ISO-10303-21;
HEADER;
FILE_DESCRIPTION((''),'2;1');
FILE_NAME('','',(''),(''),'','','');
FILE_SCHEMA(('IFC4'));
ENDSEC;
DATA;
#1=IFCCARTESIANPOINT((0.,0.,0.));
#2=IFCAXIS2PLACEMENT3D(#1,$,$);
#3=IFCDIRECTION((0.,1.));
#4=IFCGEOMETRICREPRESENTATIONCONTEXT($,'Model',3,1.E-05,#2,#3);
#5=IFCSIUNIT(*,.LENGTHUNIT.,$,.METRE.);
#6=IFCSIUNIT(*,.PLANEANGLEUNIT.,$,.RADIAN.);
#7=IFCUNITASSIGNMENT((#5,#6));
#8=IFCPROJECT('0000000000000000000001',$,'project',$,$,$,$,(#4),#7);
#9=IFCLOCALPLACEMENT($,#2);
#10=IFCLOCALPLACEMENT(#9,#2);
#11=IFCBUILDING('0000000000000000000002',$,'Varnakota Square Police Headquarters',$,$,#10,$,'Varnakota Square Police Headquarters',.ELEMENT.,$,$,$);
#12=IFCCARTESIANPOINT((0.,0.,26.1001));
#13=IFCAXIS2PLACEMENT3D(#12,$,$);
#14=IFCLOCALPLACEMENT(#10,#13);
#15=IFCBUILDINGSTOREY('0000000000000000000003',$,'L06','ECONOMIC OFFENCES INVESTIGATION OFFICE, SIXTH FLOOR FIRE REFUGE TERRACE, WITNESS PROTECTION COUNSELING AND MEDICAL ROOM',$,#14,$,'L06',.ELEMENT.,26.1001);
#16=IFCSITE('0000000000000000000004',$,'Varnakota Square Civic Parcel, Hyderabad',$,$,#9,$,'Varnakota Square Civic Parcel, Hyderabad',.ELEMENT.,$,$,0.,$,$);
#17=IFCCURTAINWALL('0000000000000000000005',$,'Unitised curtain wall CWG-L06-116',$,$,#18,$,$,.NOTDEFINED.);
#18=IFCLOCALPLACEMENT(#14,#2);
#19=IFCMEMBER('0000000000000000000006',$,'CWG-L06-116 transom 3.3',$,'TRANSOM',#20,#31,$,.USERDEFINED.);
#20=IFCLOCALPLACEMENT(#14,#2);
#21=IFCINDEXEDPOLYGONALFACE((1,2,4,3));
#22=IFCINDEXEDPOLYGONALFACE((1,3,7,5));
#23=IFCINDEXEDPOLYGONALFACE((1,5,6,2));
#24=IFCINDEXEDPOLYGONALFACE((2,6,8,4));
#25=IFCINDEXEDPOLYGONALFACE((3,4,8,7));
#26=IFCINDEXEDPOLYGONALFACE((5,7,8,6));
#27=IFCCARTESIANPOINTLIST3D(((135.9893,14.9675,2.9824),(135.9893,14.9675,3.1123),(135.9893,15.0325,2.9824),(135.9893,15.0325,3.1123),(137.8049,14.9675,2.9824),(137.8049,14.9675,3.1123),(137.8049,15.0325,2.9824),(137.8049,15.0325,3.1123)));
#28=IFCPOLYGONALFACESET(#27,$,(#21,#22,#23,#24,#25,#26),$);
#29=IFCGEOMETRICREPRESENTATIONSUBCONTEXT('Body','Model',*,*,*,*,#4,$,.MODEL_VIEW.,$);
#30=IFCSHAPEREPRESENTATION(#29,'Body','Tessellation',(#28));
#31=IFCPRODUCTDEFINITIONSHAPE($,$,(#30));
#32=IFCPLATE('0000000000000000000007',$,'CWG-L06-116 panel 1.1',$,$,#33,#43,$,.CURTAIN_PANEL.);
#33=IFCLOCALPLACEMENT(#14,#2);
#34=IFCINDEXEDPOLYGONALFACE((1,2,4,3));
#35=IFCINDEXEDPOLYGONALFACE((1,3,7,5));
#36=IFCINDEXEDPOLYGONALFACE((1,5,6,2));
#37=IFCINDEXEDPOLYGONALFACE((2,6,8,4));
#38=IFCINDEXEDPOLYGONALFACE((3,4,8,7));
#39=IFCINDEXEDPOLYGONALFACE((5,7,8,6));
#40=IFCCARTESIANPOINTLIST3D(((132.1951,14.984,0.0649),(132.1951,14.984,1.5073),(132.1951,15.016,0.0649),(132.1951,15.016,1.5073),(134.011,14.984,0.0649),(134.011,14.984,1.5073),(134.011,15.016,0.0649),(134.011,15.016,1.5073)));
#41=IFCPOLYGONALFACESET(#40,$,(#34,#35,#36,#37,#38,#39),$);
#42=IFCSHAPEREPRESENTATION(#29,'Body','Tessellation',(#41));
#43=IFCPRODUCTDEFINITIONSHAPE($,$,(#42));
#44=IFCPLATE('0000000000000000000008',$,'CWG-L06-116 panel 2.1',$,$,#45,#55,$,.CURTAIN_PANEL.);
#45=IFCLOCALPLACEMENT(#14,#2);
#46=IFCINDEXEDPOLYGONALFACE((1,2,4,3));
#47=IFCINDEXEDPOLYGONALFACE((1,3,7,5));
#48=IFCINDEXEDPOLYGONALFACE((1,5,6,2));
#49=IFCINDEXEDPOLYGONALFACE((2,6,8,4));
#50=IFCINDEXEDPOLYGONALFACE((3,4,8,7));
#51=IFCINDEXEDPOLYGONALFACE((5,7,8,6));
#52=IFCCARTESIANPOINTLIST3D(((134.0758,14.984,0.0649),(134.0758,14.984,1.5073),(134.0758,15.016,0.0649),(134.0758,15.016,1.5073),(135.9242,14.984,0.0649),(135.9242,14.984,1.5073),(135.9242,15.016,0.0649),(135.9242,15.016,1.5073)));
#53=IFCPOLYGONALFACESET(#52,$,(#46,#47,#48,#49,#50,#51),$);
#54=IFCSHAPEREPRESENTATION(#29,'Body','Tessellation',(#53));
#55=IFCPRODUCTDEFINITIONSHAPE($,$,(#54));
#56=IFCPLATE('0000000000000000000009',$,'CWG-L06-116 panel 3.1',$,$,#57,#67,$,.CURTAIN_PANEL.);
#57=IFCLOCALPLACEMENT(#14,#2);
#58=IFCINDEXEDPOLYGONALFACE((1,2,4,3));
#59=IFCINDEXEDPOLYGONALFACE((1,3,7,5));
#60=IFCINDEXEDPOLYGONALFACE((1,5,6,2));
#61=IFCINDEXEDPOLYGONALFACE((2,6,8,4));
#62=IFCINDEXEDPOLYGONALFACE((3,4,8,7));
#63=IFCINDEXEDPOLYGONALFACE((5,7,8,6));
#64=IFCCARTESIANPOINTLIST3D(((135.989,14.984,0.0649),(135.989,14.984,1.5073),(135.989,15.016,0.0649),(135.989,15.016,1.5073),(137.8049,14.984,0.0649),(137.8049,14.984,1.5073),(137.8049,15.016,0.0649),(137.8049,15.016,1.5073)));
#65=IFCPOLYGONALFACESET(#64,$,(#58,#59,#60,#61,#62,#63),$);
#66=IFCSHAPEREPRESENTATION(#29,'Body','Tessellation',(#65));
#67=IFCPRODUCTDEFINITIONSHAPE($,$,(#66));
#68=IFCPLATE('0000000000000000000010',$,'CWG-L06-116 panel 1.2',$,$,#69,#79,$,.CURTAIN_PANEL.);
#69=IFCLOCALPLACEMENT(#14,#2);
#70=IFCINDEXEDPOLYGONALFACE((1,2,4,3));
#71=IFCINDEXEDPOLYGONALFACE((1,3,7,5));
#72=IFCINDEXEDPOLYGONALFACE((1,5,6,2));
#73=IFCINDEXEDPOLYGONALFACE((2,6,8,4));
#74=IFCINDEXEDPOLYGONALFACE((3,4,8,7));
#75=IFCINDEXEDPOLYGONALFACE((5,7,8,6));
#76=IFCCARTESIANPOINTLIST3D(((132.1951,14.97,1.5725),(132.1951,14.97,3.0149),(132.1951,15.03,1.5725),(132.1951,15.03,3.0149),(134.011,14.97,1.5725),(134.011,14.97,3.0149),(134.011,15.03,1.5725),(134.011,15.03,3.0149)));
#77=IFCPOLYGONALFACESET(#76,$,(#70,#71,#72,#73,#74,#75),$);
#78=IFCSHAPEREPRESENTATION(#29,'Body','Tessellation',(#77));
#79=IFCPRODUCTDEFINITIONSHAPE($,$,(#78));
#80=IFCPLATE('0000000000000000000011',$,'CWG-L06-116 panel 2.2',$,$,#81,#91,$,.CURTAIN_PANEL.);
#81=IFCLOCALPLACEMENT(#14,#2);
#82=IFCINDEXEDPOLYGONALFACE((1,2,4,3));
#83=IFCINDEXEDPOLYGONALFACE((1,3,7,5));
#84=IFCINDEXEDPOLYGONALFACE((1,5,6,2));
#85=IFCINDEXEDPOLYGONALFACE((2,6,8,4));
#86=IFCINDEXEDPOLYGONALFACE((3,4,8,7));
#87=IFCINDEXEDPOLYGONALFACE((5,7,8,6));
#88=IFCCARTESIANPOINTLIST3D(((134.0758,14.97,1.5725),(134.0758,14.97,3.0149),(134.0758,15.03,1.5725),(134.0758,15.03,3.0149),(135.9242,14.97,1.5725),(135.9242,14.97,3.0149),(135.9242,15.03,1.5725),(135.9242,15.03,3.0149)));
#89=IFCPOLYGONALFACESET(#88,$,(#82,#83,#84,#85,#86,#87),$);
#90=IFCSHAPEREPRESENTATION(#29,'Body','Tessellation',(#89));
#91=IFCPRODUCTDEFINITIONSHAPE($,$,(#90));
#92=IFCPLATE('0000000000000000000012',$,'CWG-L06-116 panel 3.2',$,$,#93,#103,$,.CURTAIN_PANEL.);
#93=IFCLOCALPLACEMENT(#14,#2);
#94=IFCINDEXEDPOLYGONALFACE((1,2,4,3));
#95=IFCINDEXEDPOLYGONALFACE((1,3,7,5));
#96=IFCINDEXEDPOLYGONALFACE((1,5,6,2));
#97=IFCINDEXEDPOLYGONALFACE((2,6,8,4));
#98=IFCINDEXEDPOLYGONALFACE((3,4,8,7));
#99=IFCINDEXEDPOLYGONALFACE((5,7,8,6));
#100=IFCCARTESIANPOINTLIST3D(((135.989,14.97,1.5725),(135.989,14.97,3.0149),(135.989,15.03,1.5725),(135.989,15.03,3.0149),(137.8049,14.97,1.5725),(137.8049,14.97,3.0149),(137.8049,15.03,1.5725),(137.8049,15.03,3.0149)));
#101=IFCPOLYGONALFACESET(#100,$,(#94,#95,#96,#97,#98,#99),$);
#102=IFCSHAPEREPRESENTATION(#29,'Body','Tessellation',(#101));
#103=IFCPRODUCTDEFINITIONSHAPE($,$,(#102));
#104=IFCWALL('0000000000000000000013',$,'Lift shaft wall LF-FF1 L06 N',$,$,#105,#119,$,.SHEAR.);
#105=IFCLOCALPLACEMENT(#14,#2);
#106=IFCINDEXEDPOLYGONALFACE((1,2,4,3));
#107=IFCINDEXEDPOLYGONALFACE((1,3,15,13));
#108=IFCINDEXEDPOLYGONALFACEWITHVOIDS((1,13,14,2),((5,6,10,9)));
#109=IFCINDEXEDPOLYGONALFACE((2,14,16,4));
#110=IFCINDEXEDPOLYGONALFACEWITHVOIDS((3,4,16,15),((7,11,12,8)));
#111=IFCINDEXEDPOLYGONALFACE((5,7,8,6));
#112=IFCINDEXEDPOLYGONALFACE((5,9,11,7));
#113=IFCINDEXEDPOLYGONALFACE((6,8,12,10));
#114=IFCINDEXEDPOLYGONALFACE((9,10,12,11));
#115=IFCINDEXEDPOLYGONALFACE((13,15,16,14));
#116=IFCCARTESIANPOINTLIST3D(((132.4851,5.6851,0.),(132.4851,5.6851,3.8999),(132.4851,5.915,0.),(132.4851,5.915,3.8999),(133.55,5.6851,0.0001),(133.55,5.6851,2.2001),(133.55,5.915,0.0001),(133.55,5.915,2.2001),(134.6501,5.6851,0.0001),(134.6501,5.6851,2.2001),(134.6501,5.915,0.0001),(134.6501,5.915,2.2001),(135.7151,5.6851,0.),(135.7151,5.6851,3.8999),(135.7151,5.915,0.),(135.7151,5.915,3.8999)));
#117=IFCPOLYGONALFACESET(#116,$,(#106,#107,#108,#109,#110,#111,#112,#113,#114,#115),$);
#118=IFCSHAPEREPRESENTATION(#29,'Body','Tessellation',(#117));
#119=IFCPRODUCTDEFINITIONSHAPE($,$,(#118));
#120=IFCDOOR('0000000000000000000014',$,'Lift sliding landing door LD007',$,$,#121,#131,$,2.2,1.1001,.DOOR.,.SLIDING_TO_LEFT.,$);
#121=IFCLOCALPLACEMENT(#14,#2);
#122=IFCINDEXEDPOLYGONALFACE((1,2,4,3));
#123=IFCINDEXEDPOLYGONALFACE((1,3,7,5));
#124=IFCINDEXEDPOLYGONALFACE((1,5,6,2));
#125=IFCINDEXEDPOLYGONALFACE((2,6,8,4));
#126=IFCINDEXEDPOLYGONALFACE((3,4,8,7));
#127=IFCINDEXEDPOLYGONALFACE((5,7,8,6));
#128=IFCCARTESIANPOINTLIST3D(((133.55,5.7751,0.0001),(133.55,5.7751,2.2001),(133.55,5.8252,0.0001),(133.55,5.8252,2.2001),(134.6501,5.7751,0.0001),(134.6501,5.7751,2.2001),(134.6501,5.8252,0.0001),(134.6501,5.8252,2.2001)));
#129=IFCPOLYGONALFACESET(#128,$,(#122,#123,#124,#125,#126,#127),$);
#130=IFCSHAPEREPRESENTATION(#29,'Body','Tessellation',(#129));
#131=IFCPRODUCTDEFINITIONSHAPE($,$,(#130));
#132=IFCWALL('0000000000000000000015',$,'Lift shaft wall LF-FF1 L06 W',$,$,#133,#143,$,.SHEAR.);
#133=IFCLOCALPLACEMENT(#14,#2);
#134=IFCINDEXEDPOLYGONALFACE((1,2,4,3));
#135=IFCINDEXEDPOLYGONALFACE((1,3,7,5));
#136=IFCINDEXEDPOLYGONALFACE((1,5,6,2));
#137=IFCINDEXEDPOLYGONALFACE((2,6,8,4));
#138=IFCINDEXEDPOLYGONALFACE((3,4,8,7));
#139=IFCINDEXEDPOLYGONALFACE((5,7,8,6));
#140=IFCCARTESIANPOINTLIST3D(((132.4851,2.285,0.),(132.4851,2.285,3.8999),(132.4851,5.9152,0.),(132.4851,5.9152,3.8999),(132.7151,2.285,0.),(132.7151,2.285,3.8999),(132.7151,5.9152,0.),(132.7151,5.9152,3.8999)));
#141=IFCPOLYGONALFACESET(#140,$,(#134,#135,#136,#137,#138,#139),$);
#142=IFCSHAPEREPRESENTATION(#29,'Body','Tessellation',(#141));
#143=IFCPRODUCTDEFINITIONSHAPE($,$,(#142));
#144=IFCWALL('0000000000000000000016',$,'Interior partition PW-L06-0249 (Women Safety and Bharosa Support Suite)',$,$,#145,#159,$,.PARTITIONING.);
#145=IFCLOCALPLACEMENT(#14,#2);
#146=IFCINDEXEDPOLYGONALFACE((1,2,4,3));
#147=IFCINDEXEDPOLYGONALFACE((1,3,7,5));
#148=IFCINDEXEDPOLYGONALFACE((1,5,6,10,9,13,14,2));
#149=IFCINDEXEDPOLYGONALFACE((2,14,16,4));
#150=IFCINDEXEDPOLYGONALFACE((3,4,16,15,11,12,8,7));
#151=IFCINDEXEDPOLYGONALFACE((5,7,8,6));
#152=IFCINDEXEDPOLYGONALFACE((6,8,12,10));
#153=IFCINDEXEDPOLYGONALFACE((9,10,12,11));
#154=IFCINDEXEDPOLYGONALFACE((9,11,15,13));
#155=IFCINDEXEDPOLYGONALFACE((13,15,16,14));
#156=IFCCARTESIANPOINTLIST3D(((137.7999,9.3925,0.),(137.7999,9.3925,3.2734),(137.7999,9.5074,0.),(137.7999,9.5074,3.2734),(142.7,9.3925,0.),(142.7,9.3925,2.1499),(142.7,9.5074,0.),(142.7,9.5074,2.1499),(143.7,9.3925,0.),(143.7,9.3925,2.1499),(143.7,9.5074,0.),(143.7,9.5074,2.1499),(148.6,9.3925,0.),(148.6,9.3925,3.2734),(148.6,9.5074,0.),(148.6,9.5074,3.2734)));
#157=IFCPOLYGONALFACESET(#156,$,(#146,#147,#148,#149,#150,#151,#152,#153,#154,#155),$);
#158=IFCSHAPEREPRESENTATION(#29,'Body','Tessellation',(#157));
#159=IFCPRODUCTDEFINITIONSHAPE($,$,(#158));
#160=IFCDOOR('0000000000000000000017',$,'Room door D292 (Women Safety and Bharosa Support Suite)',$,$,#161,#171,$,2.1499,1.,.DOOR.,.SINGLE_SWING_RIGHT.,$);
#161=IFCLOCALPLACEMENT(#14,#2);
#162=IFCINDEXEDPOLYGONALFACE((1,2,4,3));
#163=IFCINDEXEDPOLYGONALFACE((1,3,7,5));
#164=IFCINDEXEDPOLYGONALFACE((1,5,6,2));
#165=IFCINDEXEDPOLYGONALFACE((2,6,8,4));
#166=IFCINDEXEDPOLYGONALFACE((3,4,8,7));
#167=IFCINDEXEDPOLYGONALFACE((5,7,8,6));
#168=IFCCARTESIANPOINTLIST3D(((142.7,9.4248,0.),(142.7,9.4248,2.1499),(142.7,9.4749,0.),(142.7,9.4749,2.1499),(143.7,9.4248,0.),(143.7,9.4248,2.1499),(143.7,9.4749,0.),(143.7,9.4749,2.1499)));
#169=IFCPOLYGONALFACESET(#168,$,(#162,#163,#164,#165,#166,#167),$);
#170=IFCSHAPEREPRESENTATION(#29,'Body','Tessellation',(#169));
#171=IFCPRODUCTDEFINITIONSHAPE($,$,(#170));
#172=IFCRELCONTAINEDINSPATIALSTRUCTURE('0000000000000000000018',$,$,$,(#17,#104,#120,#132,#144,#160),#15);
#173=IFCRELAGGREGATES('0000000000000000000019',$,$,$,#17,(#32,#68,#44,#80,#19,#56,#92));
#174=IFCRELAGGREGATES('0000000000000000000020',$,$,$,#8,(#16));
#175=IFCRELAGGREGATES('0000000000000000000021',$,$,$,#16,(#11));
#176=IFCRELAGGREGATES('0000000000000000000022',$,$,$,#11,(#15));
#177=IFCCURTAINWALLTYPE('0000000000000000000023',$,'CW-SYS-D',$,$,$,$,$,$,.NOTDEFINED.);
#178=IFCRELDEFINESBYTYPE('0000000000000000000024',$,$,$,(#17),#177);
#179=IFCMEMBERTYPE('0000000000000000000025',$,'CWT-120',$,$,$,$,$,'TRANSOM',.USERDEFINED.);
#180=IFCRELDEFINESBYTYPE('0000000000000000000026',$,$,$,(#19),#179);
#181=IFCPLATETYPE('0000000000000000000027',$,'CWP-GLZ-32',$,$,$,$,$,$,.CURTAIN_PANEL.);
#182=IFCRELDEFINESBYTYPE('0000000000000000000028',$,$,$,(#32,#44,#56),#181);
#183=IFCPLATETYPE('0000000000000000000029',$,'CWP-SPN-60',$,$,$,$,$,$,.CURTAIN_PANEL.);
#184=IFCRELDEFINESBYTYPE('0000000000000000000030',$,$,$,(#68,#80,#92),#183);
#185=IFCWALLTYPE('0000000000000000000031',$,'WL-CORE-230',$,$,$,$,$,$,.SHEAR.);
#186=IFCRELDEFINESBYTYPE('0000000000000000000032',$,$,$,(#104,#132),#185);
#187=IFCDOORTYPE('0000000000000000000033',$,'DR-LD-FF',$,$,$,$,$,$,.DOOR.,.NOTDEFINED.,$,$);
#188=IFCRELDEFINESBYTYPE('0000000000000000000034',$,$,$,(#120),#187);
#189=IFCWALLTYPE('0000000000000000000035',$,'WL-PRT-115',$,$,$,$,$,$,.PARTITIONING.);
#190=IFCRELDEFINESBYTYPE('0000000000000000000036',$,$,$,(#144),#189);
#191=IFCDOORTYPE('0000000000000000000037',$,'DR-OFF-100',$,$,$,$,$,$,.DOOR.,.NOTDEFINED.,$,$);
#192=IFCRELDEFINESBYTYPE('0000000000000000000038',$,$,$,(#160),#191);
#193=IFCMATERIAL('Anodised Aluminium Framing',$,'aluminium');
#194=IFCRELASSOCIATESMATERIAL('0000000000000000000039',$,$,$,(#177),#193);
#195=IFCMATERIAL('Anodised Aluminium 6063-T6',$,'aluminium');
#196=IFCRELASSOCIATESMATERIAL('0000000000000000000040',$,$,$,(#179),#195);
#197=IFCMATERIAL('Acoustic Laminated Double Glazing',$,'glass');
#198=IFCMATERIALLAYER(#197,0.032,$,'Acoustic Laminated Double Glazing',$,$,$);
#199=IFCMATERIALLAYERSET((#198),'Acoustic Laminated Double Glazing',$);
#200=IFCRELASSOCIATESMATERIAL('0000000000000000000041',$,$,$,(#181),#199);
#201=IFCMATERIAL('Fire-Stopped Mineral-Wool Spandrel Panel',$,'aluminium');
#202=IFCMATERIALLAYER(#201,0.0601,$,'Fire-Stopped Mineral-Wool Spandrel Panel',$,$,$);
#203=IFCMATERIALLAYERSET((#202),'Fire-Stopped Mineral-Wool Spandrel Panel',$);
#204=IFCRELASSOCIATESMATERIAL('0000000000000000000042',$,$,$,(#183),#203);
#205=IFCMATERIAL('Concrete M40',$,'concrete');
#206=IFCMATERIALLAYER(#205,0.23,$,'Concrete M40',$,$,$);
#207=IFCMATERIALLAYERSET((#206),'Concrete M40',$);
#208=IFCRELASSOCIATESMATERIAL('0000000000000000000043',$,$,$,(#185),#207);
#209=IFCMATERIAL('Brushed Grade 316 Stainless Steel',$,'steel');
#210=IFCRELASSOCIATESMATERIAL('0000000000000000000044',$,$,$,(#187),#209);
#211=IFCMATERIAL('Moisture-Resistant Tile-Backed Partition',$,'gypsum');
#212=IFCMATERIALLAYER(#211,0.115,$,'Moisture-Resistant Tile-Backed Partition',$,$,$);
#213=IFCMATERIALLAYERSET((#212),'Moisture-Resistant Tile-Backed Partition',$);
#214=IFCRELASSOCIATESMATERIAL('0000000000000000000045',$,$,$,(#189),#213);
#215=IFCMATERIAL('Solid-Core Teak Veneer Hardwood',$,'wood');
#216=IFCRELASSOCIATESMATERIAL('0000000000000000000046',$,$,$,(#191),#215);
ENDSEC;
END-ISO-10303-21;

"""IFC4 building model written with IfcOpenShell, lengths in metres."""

from ifc_helpers import new_model, si_unit, direction, frame, frame_2d, origin, origin_2d, place, context, subcontext, project, spatial, rectangle, extrude, material, layer, layer_set, material_profile, profile_set, type_object, element, fill, aggregate, save


model = new_model("IFC4")

# Units and contexts
model_context = context("Model", 3, precision=1e-05, world=origin(), true_north=direction((0.0, 1.0)))
body_context = subcontext(model_context, "Body", "Model", "MODEL_VIEW")
ifc_project = project(units=[si_unit("LENGTHUNIT", "METRE"), si_unit("PLANEANGLEUNIT", "RADIAN")], contexts=[model_context])

# Site, building, storey
site_placement = place(None, origin())
site = spatial("IfcSite", under=ifc_project, at=site_placement, Name="Varnakota Square Civic Parcel, Hyderabad", LongName="Varnakota Square Civic Parcel, Hyderabad", CompositionType="ELEMENT", RefElevation=0.0)
building_placement = place(site_placement, origin())
building = spatial("IfcBuilding", under=site, at=building_placement, Name="Varnakota Square Police Headquarters", LongName="Varnakota Square Police Headquarters", CompositionType="ELEMENT")
storey_placement = place(building_placement, frame((0.0, 0.0, 26.1001)))
storey = spatial("IfcBuildingStorey", under=building, at=storey_placement, Name="L06", Description="ECONOMIC OFFENCES INVESTIGATION OFFICE, SIXTH FLOOR FIRE REFUGE TERRACE, WITNESS PROTECTION COUNSELING AND MEDICAL ROOM", LongName="L06", CompositionType="ELEMENT", Elevation=26.1001)

# Curtain wall, member, plates
ifc_material_1 = material(Name="Anodised Aluminium Framing", Category="aluminium")
curtain_wall_type = type_object("IfcCurtainWallType", Name="CW-SYS-D", PredefinedType="NOTDEFINED", material=ifc_material_1)
curtain_wall_placement = place(storey_placement, origin())
curtain_wall = element("IfcCurtainWall", 1, at=curtain_wall_placement, inside=storey, type_object=curtain_wall_type, Name="Unitised curtain wall CWG-L06-116", PredefinedType="NOTDEFINED")
ifc_material_2 = material(Name="Anodised Aluminium 6063-T6", Category="aluminium")
ifc_material_profile_1 = material_profile(ifc_material_2, rectangle(XDim=0.0649, YDim=0.1299, at=origin_2d()), Name="ALU TRANSOM 65x130")
ifc_profile_set_1 = profile_set([ifc_material_profile_1], Name="Anodised Aluminium 6063-T6")
member_type_1 = type_object("IfcMemberType", Name="CWT-120", ElementType="TRANSOM", PredefinedType="USERDEFINED", material=ifc_profile_set_1)
member_1_placement = place(storey_placement, frame((135.9893, 15.0, 3.0474), z_axis=(1.0, 0.0, 0.0), x_axis=(0.0, 1.0, 0.0)))
member_1 = element("IfcMember", 2, at=member_1_placement, type_object=member_type_1, Name="CWG-L06-116 transom 3.3", ObjectType="TRANSOM", PredefinedType="USERDEFINED", context=body_context, shape_type="SweptSolid", body=[
    extrude(rectangle(XDim=0.0649, YDim=0.1299, at=origin_2d()), origin(), (0.0, 0.0, 1.0), 1.8157),
])
ifc_material_3 = material(Name="Acoustic Laminated Double Glazing", Category="glass")
ifc_layer_1 = layer(ifc_material_3, 0.032, Name="Acoustic Laminated Double Glazing")
ifc_layer_set_1 = layer_set([ifc_layer_1], Name="Acoustic Laminated Double Glazing")
plate_type_1 = type_object("IfcPlateType", Name="CWP-GLZ-32", PredefinedType="CURTAIN_PANEL", material=ifc_layer_set_1)
plate_1_placement = place(storey_placement, frame((133.103, 15.0, 0.0649), z_axis=(0.0, 0.0, 1.0), x_axis=(1.0, 0.0, 0.0)))
plate_1 = element("IfcPlate", 3, at=plate_1_placement, type_object=plate_type_1, Name="CWG-L06-116 panel 1.1", PredefinedType="CURTAIN_PANEL", context=body_context, shape_type="SweptSolid", body=[
    extrude(rectangle(XDim=1.8159, YDim=0.032, at=origin_2d()), origin(), (0.0, 0.0, 1.0), 1.4424),
])
plate_2_placement = place(storey_placement, frame((135.0, 15.0, 0.0649), z_axis=(0.0, 0.0, 1.0), x_axis=(1.0, 0.0, 0.0)))
plate_2 = element("IfcPlate", 4, at=plate_2_placement, type_object=plate_type_1, Name="CWG-L06-116 panel 2.1", PredefinedType="CURTAIN_PANEL", context=body_context, shape_type="SweptSolid", body=[
    extrude(rectangle(XDim=1.8484, YDim=0.032, at=origin_2d()), origin(), (0.0, 0.0, 1.0), 1.4424),
])
plate_3_placement = place(storey_placement, frame((136.897, 15.0, 0.0649), z_axis=(0.0, 0.0, 1.0), x_axis=(1.0, 0.0, 0.0)))
plate_3 = element("IfcPlate", 5, at=plate_3_placement, type_object=plate_type_1, Name="CWG-L06-116 panel 3.1", PredefinedType="CURTAIN_PANEL", context=body_context, shape_type="SweptSolid", body=[
    extrude(rectangle(XDim=1.8159, YDim=0.032, at=origin_2d()), origin(), (0.0, 0.0, 1.0), 1.4424),
])
ifc_material_4 = material(Name="Fire-Stopped Mineral-Wool Spandrel Panel", Category="aluminium")
ifc_layer_2 = layer(ifc_material_4, 0.0601, Name="Fire-Stopped Mineral-Wool Spandrel Panel")
ifc_layer_set_2 = layer_set([ifc_layer_2], Name="Fire-Stopped Mineral-Wool Spandrel Panel")
plate_type_2 = type_object("IfcPlateType", Name="CWP-SPN-60", PredefinedType="CURTAIN_PANEL", material=ifc_layer_set_2)
plate_4_placement = place(storey_placement, frame((133.103, 15.0, 1.5725), z_axis=(0.0, 0.0, 1.0), x_axis=(1.0, 0.0, 0.0)))
plate_4 = element("IfcPlate", 6, at=plate_4_placement, type_object=plate_type_2, Name="CWG-L06-116 panel 1.2", PredefinedType="CURTAIN_PANEL", context=body_context, shape_type="SweptSolid", body=[
    extrude(rectangle(XDim=1.8159, YDim=0.0601, at=origin_2d()), origin(), (0.0, 0.0, 1.0), 1.4424),
])
plate_5_placement = place(storey_placement, frame((135.0, 15.0, 1.5725), z_axis=(0.0, 0.0, 1.0), x_axis=(1.0, 0.0, 0.0)))
plate_5 = element("IfcPlate", 7, at=plate_5_placement, type_object=plate_type_2, Name="CWG-L06-116 panel 2.2", PredefinedType="CURTAIN_PANEL", context=body_context, shape_type="SweptSolid", body=[
    extrude(rectangle(XDim=1.8484, YDim=0.0601, at=origin_2d()), origin(), (0.0, 0.0, 1.0), 1.4424),
])
plate_6_placement = place(storey_placement, frame((136.897, 15.0, 1.5725), z_axis=(0.0, 0.0, 1.0), x_axis=(1.0, 0.0, 0.0)))
plate_6 = element("IfcPlate", 8, at=plate_6_placement, type_object=plate_type_2, Name="CWG-L06-116 panel 3.2", PredefinedType="CURTAIN_PANEL", context=body_context, shape_type="SweptSolid", body=[
    extrude(rectangle(XDim=1.8159, YDim=0.0601, at=origin_2d()), origin(), (0.0, 0.0, 1.0), 1.4424),
])
aggregate(curtain_wall, [plate_1, plate_4, plate_2, plate_5, member_1, plate_3, plate_6])

# Wall, opening, door
ifc_material_5 = material(Name="Concrete M40", Category="concrete")
ifc_layer_3 = layer(ifc_material_5, 0.23, Name="Concrete M40")
ifc_layer_set_3 = layer_set([ifc_layer_3], Name="Concrete M40")
wall_type_1 = type_object("IfcWallType", Name="WL-CORE-230", PredefinedType="SHEAR", material=ifc_layer_set_3)
wall_1_placement = place(storey_placement, frame((135.7151, 5.8, 0.0), z_axis=(0.0, 0.0, 1.0), x_axis=(-1.0, 0.0, 0.0)))
wall_1 = element("IfcWall", 9, at=wall_1_placement, inside=storey, type_object=wall_type_1, Name="Lift shaft wall LF-FF1 L06 N", PredefinedType="SHEAR", context=body_context, shape_type="SweptSolid", body=[
    extrude(rectangle(XDim=3.23, YDim=0.23, at=frame_2d((1.615, 0.0))), origin(), (0.0, 0.0, 1.0), 3.8999),
])
opening_1_placement = place(wall_1_placement, frame((1.0649, 0.0, 0.0)))
opening_1 = element("IfcOpeningElement", 10, at=opening_1_placement, cuts=wall_1, PredefinedType="OPENING", context=body_context, shape_type="SweptSolid", body=[
    extrude(rectangle(XDim=1.1001, YDim=2.2, at=frame_2d((0.55, 1.1001))), frame((0.0, 0.125, 0.0), z_axis=(0.0, -1.0, 0.0), x_axis=(1.0, 0.0, 0.0)), (0.0, 0.0, 1.0), 0.25),
])
ifc_material_6 = material(Name="Brushed Grade 316 Stainless Steel", Category="steel")
door_type_1 = type_object("IfcDoorType", Name="DR-LD-FF", OperationType="NOTDEFINED", PredefinedType="DOOR", material=ifc_material_6)
door_1_placement = place(opening_1_placement, origin())
door_1 = element("IfcDoor", 11, at=door_1_placement, inside=storey, type_object=door_type_1, Name="Lift sliding landing door LD007", OperationType="SLIDING_TO_LEFT", OverallHeight=2.2, OverallWidth=1.1001, PredefinedType="DOOR", context=body_context, shape_type="SweptSolid", body=[
    extrude(rectangle(XDim=1.1001, YDim=2.2, at=frame_2d((0.55, 1.1001))), frame((0.0, 0.0249, 0.0), z_axis=(0.0, -1.0, 0.0), x_axis=(1.0, 0.0, 0.0)), (0.0, 0.0, 1.0), 0.05),
])
fill(opening_1, door_1)

# Wall
wall_2_placement = place(storey_placement, frame((132.6001, 5.915, 0.0), z_axis=(0.0, 0.0, 1.0), x_axis=(0.0, -1.0, 0.0)))
element("IfcWall", 12, at=wall_2_placement, inside=storey, type_object=wall_type_1, Name="Lift shaft wall LF-FF1 L06 W", PredefinedType="SHEAR", context=body_context, shape_type="SweptSolid", body=[
    extrude(rectangle(XDim=3.6301, YDim=0.23, at=frame_2d((1.8149, 0.0))), origin(), (0.0, 0.0, 1.0), 3.8999),
])

# Wall, opening, door
ifc_material_7 = material(Name="Moisture-Resistant Tile-Backed Partition", Category="gypsum")
ifc_layer_4 = layer(ifc_material_7, 0.115, Name="Moisture-Resistant Tile-Backed Partition")
ifc_layer_set_4 = layer_set([ifc_layer_4], Name="Moisture-Resistant Tile-Backed Partition")
wall_type_2 = type_object("IfcWallType", Name="WL-PRT-115", PredefinedType="PARTITIONING", material=ifc_layer_set_4)
wall_3_placement = place(storey_placement, frame((137.8, 9.45, 0.0), z_axis=(0.0, 0.0, 1.0), x_axis=(1.0, 0.0, 0.0)))
wall_3 = element("IfcWall", 13, at=wall_3_placement, inside=storey, type_object=wall_type_2, Name="Interior partition PW-L06-0249 (Women Safety and Bharosa Support Suite)", PredefinedType="PARTITIONING", context=body_context, shape_type="SweptSolid", body=[
    extrude(rectangle(XDim=10.8, YDim=0.115, at=frame_2d((5.3999, 0.0))), origin(), (0.0, 0.0, 1.0), 3.2734),
])
opening_2_placement = place(wall_3_placement, frame((4.8999, 0.0, 0.0)))
opening_2 = element("IfcOpeningElement", 14, at=opening_2_placement, cuts=wall_3, PredefinedType="OPENING", context=body_context, shape_type="SweptSolid", body=[
    extrude(rectangle(XDim=1.0, YDim=2.1499, at=frame_2d((0.5, 1.075))), frame((0.0, 0.0674, 0.0), z_axis=(0.0, -1.0, 0.0), x_axis=(1.0, 0.0, 0.0)), (0.0, 0.0, 1.0), 0.135),
])
ifc_material_8 = material(Name="Solid-Core Teak Veneer Hardwood", Category="wood")
door_type_2 = type_object("IfcDoorType", Name="DR-OFF-100", OperationType="NOTDEFINED", PredefinedType="DOOR", material=ifc_material_8)
door_2_placement = place(opening_2_placement, origin())
door_2 = element("IfcDoor", 15, at=door_2_placement, inside=storey, type_object=door_type_2, Name="Room door D292 (Women Safety and Bharosa Support Suite)", OperationType="SINGLE_SWING_RIGHT", OverallHeight=2.1499, OverallWidth=1.0, PredefinedType="DOOR", context=body_context, shape_type="SweptSolid", body=[
    extrude(rectangle(XDim=1.0, YDim=2.1499, at=frame_2d((0.5, 1.075))), frame((0.0, 0.0249, 0.0), z_axis=(0.0, -1.0, 0.0), x_axis=(1.0, 0.0, 0.0)), (0.0, 0.0, 1.0), 0.05),
])
fill(opening_2, door_2)

save(model, "model.ifc")
